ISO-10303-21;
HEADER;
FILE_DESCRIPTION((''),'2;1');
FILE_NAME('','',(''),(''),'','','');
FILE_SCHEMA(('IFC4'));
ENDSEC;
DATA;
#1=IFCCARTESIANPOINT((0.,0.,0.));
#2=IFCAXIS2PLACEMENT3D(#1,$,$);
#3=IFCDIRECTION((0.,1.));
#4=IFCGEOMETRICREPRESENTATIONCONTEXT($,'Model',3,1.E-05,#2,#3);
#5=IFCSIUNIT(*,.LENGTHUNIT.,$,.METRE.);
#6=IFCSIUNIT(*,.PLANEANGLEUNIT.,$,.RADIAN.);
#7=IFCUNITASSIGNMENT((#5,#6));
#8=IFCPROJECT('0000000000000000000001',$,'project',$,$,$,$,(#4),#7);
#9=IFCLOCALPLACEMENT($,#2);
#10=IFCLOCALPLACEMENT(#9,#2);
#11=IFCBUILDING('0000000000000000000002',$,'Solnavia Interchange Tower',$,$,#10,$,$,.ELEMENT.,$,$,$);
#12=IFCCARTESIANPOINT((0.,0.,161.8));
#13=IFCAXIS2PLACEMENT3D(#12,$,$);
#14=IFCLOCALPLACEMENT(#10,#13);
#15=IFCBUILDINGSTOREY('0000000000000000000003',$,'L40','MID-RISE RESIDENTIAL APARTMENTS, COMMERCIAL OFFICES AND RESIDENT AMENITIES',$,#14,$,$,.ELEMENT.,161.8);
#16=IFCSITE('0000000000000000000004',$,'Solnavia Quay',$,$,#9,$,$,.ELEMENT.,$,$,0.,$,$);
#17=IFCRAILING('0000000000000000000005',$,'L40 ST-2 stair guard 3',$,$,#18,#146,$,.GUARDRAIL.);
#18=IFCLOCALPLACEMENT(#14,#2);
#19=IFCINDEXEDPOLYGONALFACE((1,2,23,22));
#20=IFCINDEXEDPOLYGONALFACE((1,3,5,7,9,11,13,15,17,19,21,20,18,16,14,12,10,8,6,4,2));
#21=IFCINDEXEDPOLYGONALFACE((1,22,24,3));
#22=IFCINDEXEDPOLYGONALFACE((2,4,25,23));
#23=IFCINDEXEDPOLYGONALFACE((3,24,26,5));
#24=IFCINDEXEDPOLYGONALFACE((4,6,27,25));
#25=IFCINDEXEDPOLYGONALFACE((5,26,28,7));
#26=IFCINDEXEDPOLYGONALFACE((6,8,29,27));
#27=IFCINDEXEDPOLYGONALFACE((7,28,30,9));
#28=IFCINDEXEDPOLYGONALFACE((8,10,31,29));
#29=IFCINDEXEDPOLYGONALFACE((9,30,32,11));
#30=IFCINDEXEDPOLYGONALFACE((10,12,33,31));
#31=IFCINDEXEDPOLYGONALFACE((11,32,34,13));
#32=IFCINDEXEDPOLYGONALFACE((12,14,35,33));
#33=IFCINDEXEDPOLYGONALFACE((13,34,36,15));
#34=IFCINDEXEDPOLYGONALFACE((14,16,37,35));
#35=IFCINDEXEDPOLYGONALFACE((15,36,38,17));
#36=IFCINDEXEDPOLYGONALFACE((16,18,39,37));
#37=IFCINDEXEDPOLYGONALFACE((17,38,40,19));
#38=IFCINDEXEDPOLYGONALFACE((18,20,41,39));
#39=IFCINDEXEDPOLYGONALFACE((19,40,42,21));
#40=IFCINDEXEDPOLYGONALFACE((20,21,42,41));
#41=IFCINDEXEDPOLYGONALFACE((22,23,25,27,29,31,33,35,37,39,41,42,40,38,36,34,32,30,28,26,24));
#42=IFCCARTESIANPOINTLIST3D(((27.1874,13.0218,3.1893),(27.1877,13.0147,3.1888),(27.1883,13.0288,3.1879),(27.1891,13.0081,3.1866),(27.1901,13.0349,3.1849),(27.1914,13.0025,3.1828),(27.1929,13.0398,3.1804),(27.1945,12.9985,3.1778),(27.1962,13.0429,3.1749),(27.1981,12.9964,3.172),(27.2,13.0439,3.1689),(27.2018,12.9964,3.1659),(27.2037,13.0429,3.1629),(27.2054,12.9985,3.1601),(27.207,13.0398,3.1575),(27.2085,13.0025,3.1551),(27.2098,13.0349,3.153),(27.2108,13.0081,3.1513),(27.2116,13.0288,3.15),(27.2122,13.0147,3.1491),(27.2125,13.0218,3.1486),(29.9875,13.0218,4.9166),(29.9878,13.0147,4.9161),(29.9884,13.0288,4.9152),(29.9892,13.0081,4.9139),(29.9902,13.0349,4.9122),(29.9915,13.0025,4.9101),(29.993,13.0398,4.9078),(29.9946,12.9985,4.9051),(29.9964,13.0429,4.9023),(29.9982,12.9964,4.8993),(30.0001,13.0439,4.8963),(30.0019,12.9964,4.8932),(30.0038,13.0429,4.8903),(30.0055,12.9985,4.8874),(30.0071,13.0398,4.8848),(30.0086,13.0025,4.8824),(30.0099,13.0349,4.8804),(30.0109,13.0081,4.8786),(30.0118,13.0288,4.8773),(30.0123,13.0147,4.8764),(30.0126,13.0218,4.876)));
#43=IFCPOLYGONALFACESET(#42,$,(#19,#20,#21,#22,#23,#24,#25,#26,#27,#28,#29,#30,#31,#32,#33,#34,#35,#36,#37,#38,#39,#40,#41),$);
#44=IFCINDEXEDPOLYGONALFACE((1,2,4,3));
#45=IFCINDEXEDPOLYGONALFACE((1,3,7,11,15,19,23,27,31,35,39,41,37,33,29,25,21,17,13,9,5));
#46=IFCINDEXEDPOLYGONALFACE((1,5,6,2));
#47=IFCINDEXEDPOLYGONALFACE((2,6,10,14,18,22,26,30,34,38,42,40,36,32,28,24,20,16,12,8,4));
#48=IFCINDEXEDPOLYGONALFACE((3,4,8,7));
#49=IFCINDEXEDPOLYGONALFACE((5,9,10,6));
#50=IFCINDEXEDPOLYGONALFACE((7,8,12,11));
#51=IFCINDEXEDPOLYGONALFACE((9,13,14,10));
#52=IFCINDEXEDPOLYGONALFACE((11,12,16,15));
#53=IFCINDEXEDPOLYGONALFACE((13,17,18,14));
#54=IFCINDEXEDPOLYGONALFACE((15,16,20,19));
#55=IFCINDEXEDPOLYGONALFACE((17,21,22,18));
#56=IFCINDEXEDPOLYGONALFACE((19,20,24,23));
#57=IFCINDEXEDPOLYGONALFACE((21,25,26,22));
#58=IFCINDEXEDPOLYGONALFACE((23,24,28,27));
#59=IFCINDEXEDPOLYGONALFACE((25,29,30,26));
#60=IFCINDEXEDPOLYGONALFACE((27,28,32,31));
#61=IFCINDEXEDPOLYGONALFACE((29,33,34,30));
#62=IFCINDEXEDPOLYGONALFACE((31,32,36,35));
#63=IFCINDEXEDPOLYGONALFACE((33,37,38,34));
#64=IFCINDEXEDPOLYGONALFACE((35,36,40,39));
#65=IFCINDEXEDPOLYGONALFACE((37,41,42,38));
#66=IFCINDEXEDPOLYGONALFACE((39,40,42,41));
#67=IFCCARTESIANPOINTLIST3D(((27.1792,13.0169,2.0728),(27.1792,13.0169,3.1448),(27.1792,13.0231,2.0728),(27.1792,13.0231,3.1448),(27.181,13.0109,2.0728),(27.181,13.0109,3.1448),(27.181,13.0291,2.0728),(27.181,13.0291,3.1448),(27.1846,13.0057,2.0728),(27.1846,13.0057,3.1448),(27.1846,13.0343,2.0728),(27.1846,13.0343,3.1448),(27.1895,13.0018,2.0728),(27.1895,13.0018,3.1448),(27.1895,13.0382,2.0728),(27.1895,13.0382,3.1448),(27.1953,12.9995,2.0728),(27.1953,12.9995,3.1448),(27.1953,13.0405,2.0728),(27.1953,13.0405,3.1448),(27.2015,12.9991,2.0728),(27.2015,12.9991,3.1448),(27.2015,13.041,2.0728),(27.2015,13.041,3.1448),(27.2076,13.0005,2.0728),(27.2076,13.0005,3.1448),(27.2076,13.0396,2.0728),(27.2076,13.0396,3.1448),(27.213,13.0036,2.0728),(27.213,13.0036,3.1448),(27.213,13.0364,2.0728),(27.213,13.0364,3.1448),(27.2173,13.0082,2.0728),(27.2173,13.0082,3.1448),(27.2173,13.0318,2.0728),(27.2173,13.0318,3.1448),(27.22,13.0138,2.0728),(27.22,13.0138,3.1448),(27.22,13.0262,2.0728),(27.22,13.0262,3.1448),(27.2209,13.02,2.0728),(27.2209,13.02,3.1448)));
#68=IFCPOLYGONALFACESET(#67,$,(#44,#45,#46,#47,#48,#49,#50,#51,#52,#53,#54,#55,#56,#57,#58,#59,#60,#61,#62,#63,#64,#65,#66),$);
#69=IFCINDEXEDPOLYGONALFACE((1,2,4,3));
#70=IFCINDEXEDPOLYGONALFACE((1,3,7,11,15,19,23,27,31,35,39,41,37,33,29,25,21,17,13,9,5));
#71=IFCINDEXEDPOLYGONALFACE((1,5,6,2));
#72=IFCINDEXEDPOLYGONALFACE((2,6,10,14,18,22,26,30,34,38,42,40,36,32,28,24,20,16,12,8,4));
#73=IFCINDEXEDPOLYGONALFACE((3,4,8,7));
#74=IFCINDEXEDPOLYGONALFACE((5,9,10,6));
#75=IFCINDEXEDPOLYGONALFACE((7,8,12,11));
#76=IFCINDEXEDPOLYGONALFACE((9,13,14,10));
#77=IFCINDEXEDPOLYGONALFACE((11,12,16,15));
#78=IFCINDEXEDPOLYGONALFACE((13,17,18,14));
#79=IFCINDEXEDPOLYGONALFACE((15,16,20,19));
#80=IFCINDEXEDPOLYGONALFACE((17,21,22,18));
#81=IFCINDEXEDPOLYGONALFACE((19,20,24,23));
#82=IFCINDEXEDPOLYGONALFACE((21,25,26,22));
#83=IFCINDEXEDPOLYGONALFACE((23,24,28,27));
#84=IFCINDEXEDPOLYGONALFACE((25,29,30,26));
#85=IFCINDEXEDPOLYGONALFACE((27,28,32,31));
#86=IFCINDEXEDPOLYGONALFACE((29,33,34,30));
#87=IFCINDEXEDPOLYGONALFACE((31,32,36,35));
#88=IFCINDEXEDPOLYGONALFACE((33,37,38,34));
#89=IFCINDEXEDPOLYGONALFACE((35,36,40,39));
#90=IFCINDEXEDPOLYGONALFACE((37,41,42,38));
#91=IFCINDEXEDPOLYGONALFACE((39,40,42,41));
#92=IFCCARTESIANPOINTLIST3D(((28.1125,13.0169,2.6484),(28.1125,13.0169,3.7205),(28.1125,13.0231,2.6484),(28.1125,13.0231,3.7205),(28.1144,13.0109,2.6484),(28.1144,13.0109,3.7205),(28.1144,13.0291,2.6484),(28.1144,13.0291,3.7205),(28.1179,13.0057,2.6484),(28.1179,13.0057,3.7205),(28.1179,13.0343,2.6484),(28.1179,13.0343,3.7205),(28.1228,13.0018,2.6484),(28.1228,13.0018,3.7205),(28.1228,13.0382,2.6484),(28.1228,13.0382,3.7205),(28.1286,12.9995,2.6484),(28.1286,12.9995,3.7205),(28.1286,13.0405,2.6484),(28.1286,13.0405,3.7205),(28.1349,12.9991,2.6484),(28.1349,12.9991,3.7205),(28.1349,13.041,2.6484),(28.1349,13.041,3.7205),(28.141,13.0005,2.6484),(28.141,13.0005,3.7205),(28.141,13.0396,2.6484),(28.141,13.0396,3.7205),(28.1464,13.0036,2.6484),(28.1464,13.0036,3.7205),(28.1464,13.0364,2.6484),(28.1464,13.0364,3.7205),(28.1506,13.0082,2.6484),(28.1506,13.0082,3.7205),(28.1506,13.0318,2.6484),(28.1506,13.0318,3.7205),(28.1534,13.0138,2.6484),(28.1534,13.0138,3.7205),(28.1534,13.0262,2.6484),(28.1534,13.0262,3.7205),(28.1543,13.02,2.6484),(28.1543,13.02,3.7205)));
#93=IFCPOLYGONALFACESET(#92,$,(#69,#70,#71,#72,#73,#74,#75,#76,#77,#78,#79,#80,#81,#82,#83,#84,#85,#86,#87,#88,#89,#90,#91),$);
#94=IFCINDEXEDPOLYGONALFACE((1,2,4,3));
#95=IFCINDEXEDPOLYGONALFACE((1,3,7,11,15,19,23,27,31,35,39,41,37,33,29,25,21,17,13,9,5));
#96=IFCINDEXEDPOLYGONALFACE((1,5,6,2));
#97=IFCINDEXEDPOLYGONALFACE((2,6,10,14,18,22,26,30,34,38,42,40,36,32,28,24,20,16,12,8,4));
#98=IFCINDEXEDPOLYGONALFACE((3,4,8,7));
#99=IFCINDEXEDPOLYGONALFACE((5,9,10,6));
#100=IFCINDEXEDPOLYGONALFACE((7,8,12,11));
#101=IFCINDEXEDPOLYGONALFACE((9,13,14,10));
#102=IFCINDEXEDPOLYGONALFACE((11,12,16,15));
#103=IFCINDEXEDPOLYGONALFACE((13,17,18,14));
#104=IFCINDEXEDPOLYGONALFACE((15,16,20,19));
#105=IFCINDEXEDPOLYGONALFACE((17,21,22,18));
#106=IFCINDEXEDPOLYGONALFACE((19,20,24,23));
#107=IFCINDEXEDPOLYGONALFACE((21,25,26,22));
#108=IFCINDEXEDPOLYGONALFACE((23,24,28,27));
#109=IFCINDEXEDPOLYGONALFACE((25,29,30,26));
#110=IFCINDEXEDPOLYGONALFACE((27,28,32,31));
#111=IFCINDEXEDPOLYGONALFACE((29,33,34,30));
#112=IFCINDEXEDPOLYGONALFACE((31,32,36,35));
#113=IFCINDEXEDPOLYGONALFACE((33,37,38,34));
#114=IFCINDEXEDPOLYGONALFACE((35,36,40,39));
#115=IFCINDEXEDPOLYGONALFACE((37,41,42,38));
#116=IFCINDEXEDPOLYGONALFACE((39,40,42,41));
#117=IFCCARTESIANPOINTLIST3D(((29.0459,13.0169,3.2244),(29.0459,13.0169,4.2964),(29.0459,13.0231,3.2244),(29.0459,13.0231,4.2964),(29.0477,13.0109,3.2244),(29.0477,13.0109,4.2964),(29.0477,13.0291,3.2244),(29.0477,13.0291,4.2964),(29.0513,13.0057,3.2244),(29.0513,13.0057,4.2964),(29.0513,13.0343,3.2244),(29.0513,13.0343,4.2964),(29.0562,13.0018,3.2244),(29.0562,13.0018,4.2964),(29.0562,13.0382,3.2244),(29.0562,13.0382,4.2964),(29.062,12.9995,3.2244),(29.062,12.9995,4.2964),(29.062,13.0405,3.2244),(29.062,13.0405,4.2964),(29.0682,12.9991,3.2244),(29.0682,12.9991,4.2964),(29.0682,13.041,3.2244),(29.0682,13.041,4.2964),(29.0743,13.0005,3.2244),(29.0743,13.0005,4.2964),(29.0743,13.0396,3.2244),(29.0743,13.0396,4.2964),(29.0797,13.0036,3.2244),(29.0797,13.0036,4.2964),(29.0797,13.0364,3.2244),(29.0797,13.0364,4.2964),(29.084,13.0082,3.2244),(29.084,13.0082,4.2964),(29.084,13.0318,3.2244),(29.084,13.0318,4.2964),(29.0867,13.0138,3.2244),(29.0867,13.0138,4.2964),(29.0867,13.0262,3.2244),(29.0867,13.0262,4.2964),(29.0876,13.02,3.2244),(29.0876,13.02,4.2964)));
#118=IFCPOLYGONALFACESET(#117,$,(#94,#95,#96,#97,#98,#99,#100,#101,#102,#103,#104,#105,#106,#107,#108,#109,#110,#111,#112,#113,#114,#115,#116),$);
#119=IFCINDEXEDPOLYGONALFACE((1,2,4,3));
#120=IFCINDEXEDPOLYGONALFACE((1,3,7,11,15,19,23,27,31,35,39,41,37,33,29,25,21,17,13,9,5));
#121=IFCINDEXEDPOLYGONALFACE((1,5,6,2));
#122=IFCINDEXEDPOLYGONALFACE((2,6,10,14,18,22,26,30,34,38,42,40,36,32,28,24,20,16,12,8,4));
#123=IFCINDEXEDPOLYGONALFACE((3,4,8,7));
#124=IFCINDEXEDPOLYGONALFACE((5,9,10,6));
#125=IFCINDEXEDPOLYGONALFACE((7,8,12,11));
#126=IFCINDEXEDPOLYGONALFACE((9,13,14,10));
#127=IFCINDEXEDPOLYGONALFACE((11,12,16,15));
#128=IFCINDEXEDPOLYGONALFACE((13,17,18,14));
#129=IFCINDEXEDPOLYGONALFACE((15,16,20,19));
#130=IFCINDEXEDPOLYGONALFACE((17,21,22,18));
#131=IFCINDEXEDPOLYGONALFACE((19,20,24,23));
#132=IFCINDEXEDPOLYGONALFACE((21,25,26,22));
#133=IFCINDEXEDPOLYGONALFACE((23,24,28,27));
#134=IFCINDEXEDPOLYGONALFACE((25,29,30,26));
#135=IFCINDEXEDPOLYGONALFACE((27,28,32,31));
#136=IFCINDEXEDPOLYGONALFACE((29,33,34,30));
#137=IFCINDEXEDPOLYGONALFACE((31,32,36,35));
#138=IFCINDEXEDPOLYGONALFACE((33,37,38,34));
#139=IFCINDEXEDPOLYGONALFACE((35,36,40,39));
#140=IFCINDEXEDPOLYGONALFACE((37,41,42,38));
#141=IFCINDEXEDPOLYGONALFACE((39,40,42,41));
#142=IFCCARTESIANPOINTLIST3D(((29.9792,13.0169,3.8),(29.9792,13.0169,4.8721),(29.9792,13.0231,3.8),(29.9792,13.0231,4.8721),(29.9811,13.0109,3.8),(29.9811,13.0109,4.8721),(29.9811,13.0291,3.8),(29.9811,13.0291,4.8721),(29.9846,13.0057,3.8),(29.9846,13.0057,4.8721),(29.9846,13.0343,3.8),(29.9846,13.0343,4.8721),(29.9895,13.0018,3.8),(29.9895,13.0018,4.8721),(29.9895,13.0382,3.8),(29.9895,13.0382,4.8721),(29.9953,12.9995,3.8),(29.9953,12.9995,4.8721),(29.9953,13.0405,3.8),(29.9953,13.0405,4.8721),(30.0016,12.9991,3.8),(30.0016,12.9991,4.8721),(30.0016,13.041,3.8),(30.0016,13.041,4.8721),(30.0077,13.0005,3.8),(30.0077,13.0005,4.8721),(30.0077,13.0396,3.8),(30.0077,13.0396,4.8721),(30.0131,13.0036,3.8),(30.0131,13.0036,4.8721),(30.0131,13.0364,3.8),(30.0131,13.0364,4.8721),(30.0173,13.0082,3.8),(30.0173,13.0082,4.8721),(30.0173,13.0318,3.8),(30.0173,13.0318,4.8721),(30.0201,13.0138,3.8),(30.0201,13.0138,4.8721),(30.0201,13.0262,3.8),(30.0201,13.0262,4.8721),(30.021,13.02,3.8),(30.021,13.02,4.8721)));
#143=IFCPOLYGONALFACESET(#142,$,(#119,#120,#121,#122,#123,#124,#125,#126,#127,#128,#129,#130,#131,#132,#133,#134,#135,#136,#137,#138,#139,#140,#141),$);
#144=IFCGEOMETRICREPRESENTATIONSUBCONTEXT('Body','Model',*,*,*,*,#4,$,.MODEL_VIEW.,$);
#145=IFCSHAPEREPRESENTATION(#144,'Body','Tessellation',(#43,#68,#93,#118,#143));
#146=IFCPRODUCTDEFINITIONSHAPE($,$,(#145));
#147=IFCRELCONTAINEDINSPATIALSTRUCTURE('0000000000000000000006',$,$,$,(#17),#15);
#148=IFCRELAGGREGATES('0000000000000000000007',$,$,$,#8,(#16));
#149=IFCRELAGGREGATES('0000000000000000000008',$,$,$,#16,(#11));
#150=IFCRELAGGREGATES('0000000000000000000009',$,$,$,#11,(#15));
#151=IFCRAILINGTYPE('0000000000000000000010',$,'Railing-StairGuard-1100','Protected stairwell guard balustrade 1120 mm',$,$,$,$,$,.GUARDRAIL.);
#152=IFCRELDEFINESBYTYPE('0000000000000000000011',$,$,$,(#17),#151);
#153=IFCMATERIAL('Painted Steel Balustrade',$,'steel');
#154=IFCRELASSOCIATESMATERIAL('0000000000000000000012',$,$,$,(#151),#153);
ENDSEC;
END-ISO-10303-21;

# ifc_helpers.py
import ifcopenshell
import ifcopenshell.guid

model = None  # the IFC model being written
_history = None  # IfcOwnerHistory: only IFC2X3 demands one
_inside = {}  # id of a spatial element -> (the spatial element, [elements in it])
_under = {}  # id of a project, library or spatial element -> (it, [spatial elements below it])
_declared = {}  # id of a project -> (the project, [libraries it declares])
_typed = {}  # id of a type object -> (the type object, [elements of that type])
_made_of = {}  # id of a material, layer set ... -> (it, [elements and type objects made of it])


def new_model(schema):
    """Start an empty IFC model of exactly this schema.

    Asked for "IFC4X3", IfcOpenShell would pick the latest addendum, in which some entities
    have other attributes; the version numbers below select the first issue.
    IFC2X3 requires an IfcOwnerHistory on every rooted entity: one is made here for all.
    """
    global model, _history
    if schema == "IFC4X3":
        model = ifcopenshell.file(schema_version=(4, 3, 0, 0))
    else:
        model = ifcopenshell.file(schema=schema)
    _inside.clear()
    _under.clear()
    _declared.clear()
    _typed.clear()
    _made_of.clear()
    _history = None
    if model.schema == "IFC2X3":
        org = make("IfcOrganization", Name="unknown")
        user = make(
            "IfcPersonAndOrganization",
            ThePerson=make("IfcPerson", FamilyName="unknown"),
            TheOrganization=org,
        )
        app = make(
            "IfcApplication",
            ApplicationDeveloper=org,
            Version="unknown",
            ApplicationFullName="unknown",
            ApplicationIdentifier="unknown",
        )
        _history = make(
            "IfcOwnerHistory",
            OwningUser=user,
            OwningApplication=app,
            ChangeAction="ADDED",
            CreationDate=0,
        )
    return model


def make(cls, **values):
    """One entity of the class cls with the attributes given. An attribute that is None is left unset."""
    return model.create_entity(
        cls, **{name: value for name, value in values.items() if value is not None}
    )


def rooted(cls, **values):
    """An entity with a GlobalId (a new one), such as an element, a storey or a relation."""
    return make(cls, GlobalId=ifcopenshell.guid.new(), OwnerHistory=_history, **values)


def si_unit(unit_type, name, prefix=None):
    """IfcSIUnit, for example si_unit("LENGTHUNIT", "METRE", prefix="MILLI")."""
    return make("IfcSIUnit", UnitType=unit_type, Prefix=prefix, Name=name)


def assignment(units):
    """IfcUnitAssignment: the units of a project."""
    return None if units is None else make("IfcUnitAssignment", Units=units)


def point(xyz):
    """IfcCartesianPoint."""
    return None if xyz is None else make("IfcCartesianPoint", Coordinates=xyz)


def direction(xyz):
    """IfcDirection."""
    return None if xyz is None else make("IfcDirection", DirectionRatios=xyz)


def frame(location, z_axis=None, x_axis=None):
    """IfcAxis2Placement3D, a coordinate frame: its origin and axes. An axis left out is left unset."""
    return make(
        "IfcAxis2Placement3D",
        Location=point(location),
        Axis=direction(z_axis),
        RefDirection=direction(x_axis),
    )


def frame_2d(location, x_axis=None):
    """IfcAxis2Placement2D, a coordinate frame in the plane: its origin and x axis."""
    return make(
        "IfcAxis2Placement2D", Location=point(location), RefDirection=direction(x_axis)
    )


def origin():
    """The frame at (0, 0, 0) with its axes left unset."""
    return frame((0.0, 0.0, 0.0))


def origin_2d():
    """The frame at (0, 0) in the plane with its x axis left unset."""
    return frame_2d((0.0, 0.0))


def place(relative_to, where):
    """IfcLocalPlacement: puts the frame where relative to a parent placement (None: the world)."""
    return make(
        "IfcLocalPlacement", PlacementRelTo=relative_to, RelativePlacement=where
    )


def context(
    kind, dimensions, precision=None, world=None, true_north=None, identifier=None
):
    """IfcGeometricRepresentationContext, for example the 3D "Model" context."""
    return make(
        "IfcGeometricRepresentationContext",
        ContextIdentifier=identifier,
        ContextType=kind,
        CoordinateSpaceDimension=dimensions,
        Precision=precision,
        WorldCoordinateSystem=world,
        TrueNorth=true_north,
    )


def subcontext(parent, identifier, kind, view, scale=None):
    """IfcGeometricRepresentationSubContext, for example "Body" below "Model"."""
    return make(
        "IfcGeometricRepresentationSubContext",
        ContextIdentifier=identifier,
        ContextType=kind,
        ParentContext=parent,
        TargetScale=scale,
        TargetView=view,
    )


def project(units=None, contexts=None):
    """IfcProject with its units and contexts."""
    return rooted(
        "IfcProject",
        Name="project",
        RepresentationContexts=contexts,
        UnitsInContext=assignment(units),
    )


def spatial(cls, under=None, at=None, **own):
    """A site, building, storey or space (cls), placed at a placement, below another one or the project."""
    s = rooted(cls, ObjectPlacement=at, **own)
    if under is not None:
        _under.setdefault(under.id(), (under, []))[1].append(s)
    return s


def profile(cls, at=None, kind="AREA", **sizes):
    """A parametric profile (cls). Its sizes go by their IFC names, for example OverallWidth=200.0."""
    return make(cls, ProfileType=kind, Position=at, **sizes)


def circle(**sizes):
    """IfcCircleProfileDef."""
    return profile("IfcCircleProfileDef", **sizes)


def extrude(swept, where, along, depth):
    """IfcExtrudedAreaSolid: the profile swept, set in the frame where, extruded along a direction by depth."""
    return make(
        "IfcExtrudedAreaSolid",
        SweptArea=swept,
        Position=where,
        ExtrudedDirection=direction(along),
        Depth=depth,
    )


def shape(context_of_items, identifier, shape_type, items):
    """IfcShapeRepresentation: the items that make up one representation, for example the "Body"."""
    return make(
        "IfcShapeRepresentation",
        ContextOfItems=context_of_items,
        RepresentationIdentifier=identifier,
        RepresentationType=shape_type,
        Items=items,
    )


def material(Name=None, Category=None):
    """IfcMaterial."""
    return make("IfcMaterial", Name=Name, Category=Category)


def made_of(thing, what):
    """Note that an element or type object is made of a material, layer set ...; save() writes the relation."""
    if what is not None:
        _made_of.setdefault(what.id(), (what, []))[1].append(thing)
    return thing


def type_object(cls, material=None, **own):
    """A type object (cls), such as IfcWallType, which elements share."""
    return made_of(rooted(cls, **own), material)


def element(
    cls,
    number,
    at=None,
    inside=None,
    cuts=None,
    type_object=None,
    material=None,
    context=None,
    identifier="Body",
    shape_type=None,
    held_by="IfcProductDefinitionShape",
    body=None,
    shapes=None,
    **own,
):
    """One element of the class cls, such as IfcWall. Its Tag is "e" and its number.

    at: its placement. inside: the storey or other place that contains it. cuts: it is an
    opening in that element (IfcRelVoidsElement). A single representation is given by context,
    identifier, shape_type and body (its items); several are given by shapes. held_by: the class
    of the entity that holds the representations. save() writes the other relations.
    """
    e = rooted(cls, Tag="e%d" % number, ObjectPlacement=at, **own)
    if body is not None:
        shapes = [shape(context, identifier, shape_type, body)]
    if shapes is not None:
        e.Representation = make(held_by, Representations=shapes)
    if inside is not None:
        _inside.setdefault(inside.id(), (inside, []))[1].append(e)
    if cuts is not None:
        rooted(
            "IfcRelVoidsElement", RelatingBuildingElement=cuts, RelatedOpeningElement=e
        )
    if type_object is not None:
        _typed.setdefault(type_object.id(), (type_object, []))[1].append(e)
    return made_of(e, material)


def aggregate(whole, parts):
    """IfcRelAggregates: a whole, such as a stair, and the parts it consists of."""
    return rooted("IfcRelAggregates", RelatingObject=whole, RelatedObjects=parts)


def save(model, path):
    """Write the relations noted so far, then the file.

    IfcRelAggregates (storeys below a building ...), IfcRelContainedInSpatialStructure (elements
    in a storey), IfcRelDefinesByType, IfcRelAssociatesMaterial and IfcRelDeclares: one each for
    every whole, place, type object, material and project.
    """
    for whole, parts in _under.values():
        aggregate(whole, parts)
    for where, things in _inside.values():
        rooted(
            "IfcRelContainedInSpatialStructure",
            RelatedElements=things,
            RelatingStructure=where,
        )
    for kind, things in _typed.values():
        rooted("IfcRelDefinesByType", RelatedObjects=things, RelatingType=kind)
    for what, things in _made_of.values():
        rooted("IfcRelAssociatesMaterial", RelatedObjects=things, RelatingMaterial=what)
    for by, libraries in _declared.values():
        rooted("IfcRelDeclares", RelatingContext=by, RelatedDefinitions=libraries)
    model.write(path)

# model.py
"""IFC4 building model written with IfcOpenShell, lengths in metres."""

from ifc_helpers import new_model, si_unit, direction, frame, origin, origin_2d, place, context, subcontext, project, spatial, circle, extrude, material, type_object, element, save


model = new_model("IFC4")

# Units and contexts
model_context = context("Model", 3, precision=1e-05, world=origin(), true_north=direction((0.0, 1.0)))
body_context = subcontext(model_context, "Body", "Model", "MODEL_VIEW")
ifc_project = project(units=[si_unit("LENGTHUNIT", "METRE"), si_unit("PLANEANGLEUNIT", "RADIAN")], contexts=[model_context])

# Site, building, storey
site_placement = place(None, origin())
site = spatial("IfcSite", under=ifc_project, at=site_placement, Name="Solnavia Quay", CompositionType="ELEMENT", RefElevation=0.0)
building_placement = place(site_placement, origin())
building = spatial("IfcBuilding", under=site, at=building_placement, Name="Solnavia Interchange Tower", CompositionType="ELEMENT")
storey_placement = place(building_placement, frame((0.0, 0.0, 161.8)))
storey = spatial("IfcBuildingStorey", under=building, at=storey_placement, Name="L40", Description="MID-RISE RESIDENTIAL APARTMENTS, COMMERCIAL OFFICES AND RESIDENT AMENITIES", CompositionType="ELEMENT", Elevation=161.8)

# Railing
ifc_material_1 = material(Name="Painted Steel Balustrade", Category="steel")
railing_type_1 = type_object("IfcRailingType", Name="Railing-StairGuard-1100", Description="Protected stairwell guard balustrade 1120 mm", PredefinedType="GUARDRAIL", material=ifc_material_1)
railing_1_placement = place(storey_placement, frame((27.2, 13.02, 2.0728)))
element("IfcRailing", 1, at=railing_1_placement, inside=storey, type_object=railing_type_1, Name="L40 ST-2 stair guard 3", PredefinedType="GUARDRAIL", context=body_context, shape_type="SweptSolid", body=[
    extrude(circle(Radius=0.0239, at=origin_2d()), frame((0.0, 0.0, 1.0962), z_axis=(0.85109, 0.0, 0.52502), x_axis=(0.0, 1.0, 0.0)), (0.0, 0.0, 1.0), 3.29),
    extrude(circle(Radius=0.021, at=origin_2d()), origin(), (0.0, 0.0, 1.0), 1.072),
    extrude(circle(Radius=0.021, at=origin_2d()), frame((0.9333, 0.0, 0.5757)), (0.0, 0.0, 1.0), 1.072),
    extrude(circle(Radius=0.021, at=origin_2d()), frame((1.8667, 0.0, 1.1516)), (0.0, 0.0, 1.0), 1.072),
    extrude(circle(Radius=0.021, at=origin_2d()), frame((2.8, 0.0, 1.7273)), (0.0, 0.0, 1.0), 1.072),
])

save(model, "model.ifc")
